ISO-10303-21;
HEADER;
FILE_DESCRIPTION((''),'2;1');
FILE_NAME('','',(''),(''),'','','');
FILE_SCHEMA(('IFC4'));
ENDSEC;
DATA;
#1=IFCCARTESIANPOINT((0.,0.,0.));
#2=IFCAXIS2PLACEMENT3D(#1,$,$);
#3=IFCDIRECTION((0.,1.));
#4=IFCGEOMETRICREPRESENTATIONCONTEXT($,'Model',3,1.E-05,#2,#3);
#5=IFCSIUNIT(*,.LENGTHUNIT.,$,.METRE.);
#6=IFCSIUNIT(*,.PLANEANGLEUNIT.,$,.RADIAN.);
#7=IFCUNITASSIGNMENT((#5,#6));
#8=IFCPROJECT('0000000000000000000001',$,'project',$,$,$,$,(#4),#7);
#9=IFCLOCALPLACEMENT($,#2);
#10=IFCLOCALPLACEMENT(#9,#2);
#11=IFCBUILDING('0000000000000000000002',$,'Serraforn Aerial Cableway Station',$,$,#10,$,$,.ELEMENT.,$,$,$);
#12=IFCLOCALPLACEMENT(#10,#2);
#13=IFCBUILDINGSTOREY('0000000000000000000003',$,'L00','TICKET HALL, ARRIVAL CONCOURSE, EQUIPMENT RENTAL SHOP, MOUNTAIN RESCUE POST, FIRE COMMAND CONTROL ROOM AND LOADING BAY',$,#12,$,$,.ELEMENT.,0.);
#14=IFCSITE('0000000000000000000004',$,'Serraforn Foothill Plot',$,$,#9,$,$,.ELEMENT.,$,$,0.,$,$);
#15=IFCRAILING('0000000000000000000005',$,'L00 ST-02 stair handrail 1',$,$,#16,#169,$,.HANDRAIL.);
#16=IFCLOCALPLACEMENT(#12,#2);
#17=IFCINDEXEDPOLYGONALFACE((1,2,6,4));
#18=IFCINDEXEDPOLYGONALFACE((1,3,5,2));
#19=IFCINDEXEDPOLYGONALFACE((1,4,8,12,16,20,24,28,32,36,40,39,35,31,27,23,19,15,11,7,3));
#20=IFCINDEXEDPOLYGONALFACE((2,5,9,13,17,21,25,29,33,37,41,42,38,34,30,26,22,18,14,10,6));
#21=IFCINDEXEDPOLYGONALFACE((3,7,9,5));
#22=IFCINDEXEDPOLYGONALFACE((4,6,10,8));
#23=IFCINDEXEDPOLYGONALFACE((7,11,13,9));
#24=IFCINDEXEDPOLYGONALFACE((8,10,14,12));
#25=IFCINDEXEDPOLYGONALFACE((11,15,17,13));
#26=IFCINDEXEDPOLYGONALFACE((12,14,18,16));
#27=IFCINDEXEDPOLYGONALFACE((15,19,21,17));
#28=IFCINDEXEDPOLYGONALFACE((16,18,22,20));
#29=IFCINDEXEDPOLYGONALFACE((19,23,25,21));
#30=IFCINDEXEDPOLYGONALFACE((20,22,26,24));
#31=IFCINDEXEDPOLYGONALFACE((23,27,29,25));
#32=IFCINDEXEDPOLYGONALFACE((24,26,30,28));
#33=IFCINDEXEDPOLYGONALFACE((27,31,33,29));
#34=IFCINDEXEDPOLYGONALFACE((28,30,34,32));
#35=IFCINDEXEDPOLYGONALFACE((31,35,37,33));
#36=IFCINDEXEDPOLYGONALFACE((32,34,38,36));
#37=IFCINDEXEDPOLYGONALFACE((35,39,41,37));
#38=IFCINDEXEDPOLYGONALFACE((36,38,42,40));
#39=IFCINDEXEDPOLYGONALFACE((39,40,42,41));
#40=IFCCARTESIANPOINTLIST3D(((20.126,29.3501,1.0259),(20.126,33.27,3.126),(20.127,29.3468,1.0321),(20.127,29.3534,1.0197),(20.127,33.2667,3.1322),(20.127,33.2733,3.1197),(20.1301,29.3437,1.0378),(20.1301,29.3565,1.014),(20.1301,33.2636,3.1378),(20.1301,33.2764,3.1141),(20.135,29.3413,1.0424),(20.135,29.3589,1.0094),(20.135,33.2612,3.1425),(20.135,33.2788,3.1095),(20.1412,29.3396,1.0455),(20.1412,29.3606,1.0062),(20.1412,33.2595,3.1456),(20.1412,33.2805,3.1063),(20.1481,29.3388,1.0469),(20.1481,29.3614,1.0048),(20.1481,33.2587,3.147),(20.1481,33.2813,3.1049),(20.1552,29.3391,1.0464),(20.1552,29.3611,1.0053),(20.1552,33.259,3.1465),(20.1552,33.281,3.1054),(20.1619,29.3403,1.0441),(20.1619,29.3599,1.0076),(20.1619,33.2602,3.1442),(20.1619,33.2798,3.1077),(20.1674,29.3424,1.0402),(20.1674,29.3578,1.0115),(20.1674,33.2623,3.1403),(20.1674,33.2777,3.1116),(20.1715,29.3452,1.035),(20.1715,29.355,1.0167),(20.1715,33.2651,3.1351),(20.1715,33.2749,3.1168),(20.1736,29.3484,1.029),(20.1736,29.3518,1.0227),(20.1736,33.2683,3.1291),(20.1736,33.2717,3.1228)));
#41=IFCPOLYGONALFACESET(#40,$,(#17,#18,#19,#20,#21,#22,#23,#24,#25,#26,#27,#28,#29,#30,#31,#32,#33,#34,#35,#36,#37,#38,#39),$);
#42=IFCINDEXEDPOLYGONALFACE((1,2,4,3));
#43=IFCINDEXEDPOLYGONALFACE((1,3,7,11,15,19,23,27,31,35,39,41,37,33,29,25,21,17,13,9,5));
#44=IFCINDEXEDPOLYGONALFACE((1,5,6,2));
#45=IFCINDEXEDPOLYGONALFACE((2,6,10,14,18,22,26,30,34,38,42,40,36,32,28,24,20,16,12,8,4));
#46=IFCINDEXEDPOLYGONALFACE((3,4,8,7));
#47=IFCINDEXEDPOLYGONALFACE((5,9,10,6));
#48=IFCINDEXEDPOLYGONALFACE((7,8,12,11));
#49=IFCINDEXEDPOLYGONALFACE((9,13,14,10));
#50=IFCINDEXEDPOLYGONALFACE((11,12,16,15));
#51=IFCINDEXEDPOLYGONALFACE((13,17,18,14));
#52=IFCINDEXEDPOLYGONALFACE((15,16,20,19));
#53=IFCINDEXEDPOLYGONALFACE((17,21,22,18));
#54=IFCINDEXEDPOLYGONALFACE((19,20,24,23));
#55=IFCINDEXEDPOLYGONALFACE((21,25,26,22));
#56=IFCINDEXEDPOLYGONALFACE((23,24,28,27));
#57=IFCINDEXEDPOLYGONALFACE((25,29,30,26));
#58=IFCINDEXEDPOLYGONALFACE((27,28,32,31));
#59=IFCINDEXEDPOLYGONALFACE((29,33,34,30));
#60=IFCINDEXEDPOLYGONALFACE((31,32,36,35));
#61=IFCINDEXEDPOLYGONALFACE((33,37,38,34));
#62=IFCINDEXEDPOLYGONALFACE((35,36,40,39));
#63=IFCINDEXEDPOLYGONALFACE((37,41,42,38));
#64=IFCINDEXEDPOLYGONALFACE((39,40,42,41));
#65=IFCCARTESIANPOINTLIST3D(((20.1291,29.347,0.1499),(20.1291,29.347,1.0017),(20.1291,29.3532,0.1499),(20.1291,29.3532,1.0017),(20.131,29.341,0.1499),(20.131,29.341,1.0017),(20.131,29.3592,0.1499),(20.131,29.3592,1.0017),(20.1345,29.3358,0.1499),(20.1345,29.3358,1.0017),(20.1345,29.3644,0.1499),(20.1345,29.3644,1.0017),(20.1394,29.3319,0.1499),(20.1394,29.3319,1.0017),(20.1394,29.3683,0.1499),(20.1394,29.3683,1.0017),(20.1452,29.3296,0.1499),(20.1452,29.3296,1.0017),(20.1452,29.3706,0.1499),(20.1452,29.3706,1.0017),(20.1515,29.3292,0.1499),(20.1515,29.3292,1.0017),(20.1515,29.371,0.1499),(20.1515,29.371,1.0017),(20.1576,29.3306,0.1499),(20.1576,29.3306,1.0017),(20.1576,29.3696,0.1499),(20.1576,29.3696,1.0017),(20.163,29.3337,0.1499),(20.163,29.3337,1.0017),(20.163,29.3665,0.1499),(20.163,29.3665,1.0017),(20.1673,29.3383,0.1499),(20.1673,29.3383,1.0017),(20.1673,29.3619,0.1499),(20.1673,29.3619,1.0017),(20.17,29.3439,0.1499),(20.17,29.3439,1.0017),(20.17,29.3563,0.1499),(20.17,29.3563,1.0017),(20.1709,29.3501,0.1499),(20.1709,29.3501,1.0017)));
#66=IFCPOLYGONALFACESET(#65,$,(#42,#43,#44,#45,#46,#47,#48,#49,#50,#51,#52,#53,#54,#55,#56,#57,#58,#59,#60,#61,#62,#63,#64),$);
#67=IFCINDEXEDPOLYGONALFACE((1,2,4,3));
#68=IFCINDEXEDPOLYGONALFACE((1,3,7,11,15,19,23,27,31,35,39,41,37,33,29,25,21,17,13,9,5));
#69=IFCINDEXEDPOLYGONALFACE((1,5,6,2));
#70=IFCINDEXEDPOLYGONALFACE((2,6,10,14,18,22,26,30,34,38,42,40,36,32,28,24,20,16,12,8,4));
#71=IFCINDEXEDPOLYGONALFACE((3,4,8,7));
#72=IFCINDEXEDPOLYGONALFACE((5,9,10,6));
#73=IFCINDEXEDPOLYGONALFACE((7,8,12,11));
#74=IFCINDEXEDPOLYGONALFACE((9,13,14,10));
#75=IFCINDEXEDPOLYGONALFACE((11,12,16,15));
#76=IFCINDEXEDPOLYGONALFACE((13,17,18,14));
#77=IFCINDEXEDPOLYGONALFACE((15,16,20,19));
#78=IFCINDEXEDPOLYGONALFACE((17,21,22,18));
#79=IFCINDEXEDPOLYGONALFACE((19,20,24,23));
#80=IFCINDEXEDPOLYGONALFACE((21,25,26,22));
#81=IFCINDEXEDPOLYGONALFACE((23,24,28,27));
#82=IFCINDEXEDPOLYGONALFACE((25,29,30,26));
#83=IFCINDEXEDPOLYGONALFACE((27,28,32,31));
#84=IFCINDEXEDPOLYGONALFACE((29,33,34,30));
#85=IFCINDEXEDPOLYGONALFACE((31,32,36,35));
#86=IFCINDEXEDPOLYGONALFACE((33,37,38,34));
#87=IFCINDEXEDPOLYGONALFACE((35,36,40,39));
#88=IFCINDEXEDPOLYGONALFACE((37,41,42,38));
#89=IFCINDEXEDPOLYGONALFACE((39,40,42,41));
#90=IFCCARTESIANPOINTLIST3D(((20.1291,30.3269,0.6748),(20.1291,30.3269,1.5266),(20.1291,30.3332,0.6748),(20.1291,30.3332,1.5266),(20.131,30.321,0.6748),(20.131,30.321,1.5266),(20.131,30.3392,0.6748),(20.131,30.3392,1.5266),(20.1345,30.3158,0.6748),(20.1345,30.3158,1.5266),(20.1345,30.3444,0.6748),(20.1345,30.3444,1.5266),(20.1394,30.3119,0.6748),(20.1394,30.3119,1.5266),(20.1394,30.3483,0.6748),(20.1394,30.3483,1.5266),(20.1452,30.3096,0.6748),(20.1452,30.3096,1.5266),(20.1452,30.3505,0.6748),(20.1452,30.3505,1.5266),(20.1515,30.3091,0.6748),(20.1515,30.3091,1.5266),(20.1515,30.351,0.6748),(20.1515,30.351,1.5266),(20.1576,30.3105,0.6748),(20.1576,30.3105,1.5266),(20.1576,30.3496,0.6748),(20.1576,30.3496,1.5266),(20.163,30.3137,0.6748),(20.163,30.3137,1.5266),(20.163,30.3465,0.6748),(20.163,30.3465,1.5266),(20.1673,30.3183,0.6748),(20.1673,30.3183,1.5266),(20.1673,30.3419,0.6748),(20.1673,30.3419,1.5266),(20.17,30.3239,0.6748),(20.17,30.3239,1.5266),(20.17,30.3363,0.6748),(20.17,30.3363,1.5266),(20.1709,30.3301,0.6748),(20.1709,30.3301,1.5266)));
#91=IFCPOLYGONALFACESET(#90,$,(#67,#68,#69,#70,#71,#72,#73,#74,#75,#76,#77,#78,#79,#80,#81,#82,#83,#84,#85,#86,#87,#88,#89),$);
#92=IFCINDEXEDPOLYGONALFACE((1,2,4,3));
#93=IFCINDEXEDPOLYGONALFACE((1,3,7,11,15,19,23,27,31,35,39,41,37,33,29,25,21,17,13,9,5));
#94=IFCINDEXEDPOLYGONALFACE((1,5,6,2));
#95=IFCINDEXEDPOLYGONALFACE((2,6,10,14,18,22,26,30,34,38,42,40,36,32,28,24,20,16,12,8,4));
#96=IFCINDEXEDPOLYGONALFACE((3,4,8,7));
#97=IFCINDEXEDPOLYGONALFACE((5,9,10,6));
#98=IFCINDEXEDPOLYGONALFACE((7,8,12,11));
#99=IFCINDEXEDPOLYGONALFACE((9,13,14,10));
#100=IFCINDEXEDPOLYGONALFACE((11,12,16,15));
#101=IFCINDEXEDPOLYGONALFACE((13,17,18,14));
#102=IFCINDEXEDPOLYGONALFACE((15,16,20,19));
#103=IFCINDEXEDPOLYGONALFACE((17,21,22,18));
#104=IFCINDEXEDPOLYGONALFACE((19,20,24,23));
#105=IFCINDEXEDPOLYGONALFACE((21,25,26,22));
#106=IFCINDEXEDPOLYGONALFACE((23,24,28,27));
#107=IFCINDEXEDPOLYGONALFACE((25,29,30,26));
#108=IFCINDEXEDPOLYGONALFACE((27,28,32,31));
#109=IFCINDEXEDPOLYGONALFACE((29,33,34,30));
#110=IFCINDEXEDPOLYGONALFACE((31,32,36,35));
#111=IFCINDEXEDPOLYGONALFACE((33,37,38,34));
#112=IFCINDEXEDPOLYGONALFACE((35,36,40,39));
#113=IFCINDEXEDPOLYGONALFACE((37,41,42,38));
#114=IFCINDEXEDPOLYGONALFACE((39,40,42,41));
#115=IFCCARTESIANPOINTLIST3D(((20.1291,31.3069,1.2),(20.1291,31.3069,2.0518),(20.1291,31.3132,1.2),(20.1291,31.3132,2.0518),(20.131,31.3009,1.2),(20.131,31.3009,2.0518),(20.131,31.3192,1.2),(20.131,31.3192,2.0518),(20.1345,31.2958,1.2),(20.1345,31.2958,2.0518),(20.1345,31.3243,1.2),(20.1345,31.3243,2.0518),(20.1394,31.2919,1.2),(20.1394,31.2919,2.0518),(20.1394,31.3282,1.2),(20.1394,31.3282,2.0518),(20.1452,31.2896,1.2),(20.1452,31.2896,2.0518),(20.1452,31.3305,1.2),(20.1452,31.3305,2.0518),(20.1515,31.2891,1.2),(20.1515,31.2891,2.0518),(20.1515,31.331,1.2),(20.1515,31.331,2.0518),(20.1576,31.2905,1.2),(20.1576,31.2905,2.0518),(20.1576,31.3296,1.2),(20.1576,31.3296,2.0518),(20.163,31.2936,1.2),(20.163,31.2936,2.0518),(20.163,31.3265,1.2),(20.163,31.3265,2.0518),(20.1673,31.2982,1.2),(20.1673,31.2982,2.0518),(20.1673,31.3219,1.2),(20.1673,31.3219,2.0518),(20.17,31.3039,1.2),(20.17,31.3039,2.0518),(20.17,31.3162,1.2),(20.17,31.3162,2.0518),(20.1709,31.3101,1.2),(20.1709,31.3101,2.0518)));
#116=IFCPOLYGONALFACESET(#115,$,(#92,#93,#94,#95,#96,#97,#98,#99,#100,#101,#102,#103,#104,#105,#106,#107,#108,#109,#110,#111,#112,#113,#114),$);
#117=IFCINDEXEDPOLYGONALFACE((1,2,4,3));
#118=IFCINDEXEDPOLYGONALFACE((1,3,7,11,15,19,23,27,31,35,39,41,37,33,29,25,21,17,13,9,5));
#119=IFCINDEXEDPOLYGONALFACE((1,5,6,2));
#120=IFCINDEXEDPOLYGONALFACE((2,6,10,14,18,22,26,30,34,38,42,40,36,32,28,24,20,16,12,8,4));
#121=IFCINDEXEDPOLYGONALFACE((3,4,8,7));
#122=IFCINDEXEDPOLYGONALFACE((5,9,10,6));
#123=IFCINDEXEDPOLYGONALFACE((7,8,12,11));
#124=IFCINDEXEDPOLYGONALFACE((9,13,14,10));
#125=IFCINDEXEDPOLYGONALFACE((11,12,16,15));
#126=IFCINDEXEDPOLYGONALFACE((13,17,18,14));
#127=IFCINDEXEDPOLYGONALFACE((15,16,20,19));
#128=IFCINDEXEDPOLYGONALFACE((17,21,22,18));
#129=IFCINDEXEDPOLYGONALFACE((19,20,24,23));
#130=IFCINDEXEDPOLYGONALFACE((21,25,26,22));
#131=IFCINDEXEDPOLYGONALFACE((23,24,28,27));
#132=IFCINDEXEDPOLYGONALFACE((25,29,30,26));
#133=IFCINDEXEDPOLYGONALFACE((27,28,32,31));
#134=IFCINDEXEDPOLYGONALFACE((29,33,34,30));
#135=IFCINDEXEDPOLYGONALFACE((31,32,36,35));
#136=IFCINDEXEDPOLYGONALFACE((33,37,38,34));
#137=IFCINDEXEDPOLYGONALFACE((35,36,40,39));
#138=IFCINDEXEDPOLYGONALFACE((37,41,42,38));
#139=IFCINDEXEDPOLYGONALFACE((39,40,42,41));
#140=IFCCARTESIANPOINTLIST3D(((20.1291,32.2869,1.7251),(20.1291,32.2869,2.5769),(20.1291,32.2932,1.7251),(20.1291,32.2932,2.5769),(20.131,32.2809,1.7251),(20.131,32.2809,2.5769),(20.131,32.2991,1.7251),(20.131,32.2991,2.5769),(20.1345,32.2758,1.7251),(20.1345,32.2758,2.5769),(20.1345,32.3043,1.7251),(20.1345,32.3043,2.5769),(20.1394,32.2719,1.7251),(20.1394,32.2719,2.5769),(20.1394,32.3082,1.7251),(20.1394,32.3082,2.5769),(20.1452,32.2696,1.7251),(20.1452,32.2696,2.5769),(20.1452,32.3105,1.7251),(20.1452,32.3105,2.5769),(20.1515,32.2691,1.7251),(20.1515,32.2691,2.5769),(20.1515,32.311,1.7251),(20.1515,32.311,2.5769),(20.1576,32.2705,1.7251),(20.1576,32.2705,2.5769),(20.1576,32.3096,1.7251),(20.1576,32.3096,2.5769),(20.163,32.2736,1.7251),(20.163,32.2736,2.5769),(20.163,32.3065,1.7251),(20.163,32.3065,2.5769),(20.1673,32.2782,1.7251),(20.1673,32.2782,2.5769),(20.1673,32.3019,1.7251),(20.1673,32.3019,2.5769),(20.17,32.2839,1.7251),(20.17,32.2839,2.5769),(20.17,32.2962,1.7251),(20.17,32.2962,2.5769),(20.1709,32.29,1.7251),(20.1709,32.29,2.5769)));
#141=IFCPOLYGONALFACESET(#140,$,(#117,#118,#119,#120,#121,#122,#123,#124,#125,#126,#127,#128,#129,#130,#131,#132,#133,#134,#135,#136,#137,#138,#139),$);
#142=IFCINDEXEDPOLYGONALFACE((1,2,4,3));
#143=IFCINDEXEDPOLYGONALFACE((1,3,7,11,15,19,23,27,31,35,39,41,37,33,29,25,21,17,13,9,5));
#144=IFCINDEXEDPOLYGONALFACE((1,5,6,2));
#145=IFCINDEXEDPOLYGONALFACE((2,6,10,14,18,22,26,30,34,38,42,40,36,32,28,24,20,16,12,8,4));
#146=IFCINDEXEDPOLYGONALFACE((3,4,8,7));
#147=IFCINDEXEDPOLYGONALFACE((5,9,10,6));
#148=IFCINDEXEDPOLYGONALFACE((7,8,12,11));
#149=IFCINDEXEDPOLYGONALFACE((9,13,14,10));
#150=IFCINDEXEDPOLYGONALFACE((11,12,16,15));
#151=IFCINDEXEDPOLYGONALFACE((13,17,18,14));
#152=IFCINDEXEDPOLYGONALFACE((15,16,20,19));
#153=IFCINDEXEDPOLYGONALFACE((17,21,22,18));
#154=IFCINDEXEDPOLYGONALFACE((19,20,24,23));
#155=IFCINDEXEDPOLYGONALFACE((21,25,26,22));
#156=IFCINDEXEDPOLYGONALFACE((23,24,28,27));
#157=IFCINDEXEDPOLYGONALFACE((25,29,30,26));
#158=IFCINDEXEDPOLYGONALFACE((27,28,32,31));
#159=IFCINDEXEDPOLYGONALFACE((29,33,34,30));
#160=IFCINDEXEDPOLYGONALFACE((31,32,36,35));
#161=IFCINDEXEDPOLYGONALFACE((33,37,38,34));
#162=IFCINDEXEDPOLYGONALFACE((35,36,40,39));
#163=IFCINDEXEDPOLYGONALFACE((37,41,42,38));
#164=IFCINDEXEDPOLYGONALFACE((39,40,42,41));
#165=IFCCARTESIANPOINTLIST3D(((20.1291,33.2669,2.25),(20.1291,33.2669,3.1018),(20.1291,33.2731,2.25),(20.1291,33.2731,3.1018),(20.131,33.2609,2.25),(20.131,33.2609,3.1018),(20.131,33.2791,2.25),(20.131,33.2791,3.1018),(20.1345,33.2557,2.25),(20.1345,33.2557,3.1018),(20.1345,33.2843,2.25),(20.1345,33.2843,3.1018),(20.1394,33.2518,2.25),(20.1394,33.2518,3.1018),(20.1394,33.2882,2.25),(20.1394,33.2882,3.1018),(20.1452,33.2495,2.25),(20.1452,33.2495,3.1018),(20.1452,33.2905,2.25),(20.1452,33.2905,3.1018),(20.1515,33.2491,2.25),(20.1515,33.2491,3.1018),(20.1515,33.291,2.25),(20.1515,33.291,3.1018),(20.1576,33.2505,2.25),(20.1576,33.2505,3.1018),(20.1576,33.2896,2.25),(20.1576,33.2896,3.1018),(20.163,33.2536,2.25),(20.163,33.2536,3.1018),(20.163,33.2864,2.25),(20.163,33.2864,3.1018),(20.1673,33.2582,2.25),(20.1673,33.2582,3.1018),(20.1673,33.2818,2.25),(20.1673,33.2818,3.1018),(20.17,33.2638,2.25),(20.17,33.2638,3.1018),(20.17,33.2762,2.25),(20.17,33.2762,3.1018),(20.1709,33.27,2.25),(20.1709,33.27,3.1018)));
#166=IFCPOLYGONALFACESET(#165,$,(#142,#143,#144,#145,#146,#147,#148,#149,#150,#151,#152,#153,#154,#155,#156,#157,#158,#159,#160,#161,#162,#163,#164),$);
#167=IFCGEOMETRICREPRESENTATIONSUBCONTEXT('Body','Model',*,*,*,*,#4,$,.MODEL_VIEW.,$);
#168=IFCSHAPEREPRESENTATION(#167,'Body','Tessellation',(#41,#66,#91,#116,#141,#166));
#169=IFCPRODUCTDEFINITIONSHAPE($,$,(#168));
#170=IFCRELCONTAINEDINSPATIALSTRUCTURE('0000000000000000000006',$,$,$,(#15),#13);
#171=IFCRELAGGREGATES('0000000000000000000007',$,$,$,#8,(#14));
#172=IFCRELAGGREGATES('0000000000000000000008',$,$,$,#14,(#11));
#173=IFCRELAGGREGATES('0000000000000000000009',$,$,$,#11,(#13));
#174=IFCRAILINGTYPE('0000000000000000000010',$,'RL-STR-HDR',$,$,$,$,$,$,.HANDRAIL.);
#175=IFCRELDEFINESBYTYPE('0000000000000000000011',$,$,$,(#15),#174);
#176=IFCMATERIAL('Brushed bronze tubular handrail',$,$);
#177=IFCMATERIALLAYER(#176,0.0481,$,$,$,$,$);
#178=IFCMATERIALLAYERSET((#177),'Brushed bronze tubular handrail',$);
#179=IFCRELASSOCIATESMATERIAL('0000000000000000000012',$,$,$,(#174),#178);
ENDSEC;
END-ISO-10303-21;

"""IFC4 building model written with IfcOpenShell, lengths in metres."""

from ifc_helpers import new_model, si_unit, direction, frame, origin, origin_2d, place, context, subcontext, project, spatial, circle, extrude, material, layer, layer_set, type_object, element, save


model = new_model("IFC4")

# Units and contexts
model_context = context("Model", 3, precision=1e-05, world=origin(), true_north=direction((0.0, 1.0)))
body_context = subcontext(model_context, "Body", "Model", "MODEL_VIEW")
ifc_project = project(units=[si_unit("LENGTHUNIT", "METRE"), si_unit("PLANEANGLEUNIT", "RADIAN")], contexts=[model_context])

# Site, building, storey
site_placement = place(None, origin())
site = spatial("IfcSite", under=ifc_project, at=site_placement, Name="Serraforn Foothill Plot", CompositionType="ELEMENT", RefElevation=0.0)
building_placement = place(site_placement, origin())
building = spatial("IfcBuilding", under=site, at=building_placement, Name="Serraforn Aerial Cableway Station", CompositionType="ELEMENT")
storey_placement = place(building_placement, origin())
storey = spatial("IfcBuildingStorey", under=building, at=storey_placement, Name="L00", Description="TICKET HALL, ARRIVAL CONCOURSE, EQUIPMENT RENTAL SHOP, MOUNTAIN RESCUE POST, FIRE COMMAND CONTROL ROOM AND LOADING BAY", CompositionType="ELEMENT", Elevation=0.0)

# Railing
ifc_material_1 = material(Name="Brushed bronze tubular handrail")
ifc_layer_1 = layer(ifc_material_1, 0.0481)
ifc_layer_set_1 = layer_set([ifc_layer_1], Name="Brushed bronze tubular handrail")
railing_type_1 = type_object("IfcRailingType", Name="RL-STR-HDR", PredefinedType="HANDRAIL", material=ifc_layer_set_1)
railing_1_placement = place(storey_placement, frame((20.1499, 29.3501, 0.1499)))
element("IfcRailing", 1, at=railing_1_placement, inside=storey, type_object=railing_type_1, Name="L00 ST-02 stair handrail 1", PredefinedType="HANDRAIL", context=body_context, shape_type="SweptSolid", body=[
    extrude(circle(Radius=0.0239, at=origin_2d()), frame((0.0, 0.0, 0.876), z_axis=(0.0, 0.881467, 0.472246), x_axis=(-1.0, 0.0, 0.0)), (0.0, 0.0, 1.0), 4.447),
    extrude(circle(Radius=0.021, at=origin_2d()), origin(), (0.0, 0.0, 1.0), 0.8518),
    extrude(circle(Radius=0.021, at=origin_2d()), frame((0.0, 0.98, 0.5249)), (0.0, 0.0, 1.0), 0.8518),
    extrude(circle(Radius=0.021, at=origin_2d()), frame((0.0, 1.96, 1.05)), (0.0, 0.0, 1.0), 0.8518),
    extrude(circle(Radius=0.021, at=origin_2d()), frame((0.0, 2.9399, 1.5752)), (0.0, 0.0, 1.0), 0.8518),
    extrude(circle(Radius=0.021, at=origin_2d()), frame((0.0, 3.9199, 2.1001)), (0.0, 0.0, 1.0), 0.8518),
])

save(model, "model.ifc")
